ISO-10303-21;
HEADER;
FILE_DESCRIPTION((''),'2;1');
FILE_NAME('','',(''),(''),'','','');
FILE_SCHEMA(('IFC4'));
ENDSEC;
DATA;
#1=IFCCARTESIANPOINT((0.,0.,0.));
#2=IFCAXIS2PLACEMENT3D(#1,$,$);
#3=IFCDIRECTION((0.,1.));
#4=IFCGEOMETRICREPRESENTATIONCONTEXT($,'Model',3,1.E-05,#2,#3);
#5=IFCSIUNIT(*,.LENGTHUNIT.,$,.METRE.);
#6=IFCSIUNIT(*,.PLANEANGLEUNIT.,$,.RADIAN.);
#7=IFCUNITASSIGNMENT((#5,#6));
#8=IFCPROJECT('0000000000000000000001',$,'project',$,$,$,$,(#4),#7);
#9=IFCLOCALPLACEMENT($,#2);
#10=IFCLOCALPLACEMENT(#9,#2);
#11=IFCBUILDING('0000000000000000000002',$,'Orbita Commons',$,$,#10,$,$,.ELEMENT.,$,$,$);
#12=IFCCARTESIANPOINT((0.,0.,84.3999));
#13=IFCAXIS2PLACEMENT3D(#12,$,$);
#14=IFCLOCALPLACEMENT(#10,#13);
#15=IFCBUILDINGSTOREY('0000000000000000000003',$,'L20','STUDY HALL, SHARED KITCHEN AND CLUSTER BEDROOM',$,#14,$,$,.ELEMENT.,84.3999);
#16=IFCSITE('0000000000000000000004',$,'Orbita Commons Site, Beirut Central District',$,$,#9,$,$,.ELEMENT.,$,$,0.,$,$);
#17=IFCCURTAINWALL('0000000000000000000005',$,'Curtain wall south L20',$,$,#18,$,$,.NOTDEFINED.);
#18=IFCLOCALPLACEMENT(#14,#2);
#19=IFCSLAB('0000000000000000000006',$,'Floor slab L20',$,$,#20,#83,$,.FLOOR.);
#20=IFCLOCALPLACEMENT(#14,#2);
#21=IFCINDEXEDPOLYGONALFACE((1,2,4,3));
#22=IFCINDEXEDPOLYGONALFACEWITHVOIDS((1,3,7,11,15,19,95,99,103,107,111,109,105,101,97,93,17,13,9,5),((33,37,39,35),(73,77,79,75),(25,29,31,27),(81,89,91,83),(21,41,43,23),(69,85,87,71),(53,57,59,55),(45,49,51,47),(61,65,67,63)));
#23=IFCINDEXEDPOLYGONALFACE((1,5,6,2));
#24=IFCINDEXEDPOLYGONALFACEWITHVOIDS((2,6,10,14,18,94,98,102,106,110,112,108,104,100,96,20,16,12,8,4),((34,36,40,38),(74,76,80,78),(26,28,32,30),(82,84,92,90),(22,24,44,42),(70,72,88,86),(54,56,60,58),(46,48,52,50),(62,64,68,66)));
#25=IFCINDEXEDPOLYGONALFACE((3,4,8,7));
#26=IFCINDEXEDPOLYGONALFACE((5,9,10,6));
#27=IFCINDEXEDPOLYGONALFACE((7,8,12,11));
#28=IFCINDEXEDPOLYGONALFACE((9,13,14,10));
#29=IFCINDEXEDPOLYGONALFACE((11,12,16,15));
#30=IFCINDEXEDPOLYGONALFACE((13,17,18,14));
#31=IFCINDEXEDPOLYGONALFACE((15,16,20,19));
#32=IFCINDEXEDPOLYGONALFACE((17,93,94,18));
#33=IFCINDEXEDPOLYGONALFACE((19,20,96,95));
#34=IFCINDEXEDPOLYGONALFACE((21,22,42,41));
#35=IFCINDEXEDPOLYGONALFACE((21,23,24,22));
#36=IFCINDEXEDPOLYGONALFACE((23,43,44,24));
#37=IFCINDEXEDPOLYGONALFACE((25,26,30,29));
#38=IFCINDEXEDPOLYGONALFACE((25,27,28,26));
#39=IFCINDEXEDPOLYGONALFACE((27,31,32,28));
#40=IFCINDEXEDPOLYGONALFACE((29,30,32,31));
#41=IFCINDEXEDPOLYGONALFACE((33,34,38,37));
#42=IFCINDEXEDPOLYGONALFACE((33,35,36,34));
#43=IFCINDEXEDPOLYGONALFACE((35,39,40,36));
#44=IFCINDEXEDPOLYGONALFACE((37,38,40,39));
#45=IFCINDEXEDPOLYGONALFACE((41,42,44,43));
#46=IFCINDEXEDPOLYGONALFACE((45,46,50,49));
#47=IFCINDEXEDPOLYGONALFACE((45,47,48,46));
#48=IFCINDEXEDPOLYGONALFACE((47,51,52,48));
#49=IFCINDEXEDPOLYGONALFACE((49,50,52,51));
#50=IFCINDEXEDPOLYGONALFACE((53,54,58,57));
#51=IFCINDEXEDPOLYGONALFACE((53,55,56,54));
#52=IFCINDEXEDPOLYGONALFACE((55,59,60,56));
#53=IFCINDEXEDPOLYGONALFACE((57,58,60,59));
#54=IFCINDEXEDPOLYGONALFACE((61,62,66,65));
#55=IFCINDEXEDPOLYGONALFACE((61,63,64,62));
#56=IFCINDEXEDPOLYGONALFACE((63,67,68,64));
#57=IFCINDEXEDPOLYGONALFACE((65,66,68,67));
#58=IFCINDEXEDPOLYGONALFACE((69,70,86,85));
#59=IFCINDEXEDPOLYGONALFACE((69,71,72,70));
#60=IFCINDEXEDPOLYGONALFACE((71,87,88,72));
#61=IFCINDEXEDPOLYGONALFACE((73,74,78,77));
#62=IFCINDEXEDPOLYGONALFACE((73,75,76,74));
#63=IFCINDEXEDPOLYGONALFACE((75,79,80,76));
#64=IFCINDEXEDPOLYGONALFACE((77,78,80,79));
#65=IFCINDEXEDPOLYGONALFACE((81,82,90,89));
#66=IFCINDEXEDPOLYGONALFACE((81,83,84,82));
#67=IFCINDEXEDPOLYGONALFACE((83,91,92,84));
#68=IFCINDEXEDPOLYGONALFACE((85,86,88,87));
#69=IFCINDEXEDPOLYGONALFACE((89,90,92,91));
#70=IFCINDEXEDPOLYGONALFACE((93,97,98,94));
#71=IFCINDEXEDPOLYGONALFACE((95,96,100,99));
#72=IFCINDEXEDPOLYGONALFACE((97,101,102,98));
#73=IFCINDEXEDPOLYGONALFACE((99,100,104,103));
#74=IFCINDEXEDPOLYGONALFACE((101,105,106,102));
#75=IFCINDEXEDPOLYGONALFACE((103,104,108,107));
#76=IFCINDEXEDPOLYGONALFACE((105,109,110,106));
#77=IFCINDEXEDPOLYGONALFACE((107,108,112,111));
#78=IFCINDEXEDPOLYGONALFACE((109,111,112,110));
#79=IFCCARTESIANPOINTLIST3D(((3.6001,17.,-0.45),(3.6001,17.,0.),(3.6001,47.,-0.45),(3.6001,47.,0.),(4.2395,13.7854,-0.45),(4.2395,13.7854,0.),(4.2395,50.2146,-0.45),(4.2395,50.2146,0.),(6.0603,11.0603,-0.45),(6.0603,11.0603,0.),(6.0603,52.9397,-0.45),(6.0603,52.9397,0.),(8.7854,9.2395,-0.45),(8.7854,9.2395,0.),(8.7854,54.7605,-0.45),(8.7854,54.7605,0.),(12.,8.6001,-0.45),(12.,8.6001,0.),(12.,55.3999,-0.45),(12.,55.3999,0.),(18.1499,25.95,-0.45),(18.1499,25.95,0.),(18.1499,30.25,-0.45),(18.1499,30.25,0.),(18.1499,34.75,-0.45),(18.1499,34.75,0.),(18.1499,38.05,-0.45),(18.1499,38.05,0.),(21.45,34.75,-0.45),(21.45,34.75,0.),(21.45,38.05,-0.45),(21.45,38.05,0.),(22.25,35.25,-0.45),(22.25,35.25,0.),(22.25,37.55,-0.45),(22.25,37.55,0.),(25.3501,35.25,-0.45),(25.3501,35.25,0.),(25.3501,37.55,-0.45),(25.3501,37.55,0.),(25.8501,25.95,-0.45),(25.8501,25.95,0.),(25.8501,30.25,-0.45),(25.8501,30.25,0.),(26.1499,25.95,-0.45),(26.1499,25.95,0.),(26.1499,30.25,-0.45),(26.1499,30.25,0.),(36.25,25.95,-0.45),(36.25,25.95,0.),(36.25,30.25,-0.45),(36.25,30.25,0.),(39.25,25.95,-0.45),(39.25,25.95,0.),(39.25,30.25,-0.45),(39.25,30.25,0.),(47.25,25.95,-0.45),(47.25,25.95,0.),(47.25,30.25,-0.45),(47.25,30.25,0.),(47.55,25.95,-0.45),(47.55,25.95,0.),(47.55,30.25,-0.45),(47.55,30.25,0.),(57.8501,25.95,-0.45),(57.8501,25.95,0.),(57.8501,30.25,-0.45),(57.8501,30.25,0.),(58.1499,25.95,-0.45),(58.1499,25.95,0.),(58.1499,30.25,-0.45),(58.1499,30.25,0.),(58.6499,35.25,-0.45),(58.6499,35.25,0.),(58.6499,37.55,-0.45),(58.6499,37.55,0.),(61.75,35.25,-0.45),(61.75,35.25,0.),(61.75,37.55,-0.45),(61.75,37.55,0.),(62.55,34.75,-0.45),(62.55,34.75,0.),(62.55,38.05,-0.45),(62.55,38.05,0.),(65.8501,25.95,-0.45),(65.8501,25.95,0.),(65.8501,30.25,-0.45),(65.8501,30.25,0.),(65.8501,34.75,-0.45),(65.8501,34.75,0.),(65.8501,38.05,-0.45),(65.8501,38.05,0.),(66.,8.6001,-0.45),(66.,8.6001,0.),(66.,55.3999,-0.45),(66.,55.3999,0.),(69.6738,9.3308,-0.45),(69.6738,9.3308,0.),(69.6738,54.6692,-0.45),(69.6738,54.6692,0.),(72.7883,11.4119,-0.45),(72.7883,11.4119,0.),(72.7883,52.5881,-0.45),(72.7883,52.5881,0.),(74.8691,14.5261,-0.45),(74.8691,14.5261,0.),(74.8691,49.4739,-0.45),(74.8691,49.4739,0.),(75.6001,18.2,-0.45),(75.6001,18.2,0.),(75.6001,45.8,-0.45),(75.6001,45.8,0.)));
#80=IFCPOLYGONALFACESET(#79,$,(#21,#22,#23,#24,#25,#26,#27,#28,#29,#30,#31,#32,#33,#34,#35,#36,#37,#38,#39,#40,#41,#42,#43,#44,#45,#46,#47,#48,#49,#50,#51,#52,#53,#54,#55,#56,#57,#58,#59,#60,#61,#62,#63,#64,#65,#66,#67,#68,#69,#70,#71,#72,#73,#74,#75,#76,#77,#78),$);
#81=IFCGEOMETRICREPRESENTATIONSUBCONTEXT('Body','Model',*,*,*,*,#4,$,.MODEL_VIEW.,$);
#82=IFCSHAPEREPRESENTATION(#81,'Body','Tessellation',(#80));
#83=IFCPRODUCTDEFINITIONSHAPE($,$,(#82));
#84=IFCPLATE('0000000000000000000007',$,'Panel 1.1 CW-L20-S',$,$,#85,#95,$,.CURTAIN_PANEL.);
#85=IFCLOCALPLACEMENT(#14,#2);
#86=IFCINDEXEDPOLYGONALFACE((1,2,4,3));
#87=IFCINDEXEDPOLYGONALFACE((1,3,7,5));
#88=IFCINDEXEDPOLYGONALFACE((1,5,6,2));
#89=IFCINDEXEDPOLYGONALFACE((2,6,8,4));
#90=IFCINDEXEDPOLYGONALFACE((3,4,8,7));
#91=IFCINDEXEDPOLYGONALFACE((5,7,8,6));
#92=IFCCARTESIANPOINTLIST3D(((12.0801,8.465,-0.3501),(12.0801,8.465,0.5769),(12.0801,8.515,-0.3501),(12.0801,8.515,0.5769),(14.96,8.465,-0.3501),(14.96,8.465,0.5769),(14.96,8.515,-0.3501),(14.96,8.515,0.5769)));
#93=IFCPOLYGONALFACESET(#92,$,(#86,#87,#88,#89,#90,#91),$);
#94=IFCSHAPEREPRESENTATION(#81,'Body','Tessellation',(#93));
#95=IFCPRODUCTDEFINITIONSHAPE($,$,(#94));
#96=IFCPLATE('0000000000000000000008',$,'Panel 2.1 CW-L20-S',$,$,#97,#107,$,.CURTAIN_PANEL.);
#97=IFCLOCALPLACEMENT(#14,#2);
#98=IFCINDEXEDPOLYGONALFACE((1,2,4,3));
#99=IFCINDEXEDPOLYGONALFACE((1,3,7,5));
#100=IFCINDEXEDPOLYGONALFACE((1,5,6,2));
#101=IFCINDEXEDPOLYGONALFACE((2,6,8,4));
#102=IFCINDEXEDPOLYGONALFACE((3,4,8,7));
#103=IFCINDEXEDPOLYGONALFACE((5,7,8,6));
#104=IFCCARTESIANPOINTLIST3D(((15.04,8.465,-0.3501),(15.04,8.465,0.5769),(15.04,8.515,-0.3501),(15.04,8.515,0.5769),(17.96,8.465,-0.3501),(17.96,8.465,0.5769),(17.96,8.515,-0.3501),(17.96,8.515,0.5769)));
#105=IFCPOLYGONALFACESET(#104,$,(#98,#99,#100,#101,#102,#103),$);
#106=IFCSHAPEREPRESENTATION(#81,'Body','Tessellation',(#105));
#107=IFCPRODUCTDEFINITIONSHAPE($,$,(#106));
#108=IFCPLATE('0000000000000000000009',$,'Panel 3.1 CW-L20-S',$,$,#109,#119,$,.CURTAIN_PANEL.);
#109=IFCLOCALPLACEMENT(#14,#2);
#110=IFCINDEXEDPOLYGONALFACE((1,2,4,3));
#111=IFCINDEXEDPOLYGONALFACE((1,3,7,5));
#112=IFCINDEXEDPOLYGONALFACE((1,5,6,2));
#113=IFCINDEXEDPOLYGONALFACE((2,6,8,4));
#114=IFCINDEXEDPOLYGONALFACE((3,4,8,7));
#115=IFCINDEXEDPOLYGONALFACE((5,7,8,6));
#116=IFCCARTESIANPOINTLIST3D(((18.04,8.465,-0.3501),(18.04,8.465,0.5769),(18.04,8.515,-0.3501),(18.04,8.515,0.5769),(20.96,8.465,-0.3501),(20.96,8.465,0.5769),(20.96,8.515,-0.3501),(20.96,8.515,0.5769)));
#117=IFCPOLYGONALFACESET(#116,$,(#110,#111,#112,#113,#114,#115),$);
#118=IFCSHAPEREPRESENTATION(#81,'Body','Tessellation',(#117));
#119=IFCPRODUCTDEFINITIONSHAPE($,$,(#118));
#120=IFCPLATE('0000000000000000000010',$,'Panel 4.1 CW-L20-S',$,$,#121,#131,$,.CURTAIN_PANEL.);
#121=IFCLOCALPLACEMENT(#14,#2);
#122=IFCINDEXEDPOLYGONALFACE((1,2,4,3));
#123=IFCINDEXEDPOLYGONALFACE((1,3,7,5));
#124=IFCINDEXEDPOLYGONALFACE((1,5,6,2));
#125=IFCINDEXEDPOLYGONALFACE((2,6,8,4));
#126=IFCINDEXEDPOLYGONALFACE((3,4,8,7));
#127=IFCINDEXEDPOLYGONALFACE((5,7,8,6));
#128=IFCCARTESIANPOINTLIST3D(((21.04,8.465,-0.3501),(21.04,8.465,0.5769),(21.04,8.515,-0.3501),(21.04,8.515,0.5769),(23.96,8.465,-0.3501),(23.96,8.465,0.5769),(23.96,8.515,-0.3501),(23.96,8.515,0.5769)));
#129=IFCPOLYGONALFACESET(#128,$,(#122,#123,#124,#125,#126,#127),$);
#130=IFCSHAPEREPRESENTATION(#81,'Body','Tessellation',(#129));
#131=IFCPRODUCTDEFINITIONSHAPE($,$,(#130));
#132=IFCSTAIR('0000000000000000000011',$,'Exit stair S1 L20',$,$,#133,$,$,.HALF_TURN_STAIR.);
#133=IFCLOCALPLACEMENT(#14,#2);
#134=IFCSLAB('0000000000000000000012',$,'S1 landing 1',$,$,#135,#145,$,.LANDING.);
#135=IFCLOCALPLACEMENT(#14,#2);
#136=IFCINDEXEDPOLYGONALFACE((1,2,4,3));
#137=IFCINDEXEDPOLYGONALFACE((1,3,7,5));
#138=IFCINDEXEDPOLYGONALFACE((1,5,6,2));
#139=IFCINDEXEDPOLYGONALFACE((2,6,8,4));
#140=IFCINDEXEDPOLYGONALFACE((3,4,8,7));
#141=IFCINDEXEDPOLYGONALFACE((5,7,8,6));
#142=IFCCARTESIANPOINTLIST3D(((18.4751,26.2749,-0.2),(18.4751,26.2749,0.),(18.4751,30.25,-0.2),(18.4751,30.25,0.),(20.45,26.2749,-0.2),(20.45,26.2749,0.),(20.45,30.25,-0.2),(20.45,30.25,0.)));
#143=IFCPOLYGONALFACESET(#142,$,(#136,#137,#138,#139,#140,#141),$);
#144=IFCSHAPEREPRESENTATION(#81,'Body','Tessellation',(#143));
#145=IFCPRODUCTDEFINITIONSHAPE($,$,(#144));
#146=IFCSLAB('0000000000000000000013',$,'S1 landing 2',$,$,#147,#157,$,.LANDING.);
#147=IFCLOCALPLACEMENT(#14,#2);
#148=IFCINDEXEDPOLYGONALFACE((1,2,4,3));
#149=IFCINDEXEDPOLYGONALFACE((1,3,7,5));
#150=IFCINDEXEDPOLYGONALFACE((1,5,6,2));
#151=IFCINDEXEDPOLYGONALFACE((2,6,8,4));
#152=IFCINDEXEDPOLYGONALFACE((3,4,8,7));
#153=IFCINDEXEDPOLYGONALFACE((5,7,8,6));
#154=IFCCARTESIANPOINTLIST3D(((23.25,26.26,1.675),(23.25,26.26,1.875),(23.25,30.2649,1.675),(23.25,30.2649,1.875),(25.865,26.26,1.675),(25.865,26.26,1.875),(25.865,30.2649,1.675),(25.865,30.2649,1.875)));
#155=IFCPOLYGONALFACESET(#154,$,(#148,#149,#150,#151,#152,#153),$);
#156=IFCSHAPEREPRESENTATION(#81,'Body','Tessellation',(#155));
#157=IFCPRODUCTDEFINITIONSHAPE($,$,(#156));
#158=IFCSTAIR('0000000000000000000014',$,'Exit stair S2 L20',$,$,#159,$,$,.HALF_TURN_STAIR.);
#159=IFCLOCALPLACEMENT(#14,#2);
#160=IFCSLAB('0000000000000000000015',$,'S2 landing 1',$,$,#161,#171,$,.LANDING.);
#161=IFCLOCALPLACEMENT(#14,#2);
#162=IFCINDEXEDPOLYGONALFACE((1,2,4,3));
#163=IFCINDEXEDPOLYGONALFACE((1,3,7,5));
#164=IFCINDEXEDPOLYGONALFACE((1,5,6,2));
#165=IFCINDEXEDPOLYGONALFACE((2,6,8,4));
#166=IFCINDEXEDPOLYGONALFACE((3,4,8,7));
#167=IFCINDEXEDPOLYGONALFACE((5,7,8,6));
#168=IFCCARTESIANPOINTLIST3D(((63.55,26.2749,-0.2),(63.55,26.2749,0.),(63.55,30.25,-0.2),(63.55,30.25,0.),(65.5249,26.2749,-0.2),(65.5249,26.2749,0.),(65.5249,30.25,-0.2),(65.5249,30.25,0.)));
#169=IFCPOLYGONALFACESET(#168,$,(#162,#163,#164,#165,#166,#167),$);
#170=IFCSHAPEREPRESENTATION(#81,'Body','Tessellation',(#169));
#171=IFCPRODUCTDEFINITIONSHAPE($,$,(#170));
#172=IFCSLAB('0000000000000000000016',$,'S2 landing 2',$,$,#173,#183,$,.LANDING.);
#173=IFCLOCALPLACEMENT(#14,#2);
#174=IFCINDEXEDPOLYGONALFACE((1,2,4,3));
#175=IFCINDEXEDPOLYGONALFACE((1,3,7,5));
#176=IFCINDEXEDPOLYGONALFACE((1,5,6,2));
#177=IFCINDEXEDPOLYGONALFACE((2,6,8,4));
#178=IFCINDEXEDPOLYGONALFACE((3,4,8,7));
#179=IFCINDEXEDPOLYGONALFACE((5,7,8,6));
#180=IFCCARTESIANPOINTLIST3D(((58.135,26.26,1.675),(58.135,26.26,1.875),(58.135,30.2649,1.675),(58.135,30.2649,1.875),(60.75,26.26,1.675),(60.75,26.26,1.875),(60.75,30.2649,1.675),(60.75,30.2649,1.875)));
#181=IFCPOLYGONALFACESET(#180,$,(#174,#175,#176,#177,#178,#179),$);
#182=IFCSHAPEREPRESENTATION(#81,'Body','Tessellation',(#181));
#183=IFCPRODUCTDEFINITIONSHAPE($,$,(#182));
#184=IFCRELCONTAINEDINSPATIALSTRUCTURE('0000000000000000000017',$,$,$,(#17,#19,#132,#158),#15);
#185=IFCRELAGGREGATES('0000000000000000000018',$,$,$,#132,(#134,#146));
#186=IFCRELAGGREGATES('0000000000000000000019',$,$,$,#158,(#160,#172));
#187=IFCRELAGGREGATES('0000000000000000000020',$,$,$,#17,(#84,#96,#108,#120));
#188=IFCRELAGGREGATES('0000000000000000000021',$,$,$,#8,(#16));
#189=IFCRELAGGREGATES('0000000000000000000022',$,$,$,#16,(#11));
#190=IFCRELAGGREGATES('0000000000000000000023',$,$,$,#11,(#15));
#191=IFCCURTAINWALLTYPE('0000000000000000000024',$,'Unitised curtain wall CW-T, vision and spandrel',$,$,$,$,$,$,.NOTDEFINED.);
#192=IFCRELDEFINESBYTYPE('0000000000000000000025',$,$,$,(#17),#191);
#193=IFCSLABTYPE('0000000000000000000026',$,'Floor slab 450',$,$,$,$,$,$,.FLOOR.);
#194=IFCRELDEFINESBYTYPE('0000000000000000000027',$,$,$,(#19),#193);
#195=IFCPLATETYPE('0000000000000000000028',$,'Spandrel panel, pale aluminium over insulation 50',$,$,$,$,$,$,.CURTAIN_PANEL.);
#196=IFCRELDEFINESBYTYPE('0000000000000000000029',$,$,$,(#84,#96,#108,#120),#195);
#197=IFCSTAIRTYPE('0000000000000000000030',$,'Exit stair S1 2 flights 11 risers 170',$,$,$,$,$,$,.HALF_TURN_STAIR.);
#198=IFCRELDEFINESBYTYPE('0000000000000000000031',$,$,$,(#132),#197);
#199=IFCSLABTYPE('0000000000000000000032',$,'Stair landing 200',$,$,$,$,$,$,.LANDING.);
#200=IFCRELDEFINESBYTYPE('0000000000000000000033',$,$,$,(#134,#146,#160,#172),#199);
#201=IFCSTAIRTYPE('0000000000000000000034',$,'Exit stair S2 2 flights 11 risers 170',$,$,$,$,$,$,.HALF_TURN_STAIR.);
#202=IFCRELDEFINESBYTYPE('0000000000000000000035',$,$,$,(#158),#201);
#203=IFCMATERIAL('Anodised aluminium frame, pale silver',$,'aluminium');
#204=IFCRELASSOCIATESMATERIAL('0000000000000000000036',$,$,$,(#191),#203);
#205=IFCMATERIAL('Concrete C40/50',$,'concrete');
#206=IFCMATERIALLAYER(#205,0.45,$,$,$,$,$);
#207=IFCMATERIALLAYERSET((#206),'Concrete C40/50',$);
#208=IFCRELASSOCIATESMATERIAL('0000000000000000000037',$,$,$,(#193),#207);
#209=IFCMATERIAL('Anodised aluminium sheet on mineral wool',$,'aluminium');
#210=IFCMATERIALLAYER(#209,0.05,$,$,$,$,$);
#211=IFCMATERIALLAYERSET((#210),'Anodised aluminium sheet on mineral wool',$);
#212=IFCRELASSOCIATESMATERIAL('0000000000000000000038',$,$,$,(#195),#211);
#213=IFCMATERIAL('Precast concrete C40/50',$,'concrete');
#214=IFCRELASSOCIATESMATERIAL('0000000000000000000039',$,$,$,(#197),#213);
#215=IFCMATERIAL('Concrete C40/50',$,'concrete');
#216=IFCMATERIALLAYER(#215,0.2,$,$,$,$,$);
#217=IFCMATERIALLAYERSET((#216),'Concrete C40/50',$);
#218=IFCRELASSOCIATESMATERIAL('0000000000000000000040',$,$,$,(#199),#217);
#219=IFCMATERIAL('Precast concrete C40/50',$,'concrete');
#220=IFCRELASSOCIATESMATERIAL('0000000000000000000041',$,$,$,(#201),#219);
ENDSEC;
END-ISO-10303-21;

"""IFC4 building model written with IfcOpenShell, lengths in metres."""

from ifc_helpers import new_model, si_unit, direction, frame, origin, origin_2d, place, context, subcontext, project, spatial, polyline, rectangle, outline, extrude, material, layer, layer_set, type_object, element, aggregate, save


model = new_model("IFC4")

# Units and contexts
model_context = context("Model", 3, precision=1e-05, world=origin(), true_north=direction((0.0, 1.0)))
body_context = subcontext(model_context, "Body", "Model", "MODEL_VIEW")
ifc_project = project(units=[si_unit("LENGTHUNIT", "METRE"), si_unit("PLANEANGLEUNIT", "RADIAN")], contexts=[model_context])

# Site, building, storey
site_placement = place(None, origin())
site = spatial("IfcSite", under=ifc_project, at=site_placement, Name="Orbita Commons Site, Beirut Central District", CompositionType="ELEMENT", RefElevation=0.0)
building_placement = place(site_placement, origin())
building = spatial("IfcBuilding", under=site, at=building_placement, Name="Orbita Commons", CompositionType="ELEMENT")
storey_placement = place(building_placement, frame((0.0, 0.0, 84.3999)))
storey = spatial("IfcBuildingStorey", under=building, at=storey_placement, Name="L20", Description="STUDY HALL, SHARED KITCHEN AND CLUSTER BEDROOM", CompositionType="ELEMENT", Elevation=84.3999)

# Curtain wall
ifc_material_1 = material(Name="Anodised aluminium frame, pale silver", Category="aluminium")
curtain_wall_type = type_object("IfcCurtainWallType", Name="Unitised curtain wall CW-T, vision and spandrel", PredefinedType="NOTDEFINED", material=ifc_material_1)
curtain_wall_placement = place(storey_placement, origin())
curtain_wall = element("IfcCurtainWall", 1, at=curtain_wall_placement, inside=storey, type_object=curtain_wall_type, Name="Curtain wall south L20", PredefinedType="NOTDEFINED")

# Slab
ifc_material_2 = material(Name="Concrete C40/50", Category="concrete")
ifc_layer_1 = layer(ifc_material_2, 0.45)
ifc_layer_set_1 = layer_set([ifc_layer_1], Name="Concrete C40/50")
slab_type_1 = type_object("IfcSlabType", Name="Floor slab 450", PredefinedType="FLOOR", material=ifc_layer_set_1)
slab_1_placement = place(storey_placement, frame((0.0, 0.0, -0.45)))
element("IfcSlab", 2, at=slab_1_placement, inside=storey, type_object=slab_type_1, Name="Floor slab L20", PredefinedType="FLOOR", context=body_context, shape_type="SweptSolid", body=[
    extrude(outline(polyline([(66.0, 8.6001), (69.6738, 9.3308), (72.7883, 11.4119), (74.8691, 14.5261), (75.6001, 18.2), (75.6001, 45.8), (74.8691, 49.4739), (72.7883, 52.5881), (69.6738, 54.6692), (66.0, 55.3999), (12.0, 55.3999), (8.7854, 54.7605), (6.0603, 52.9397), (4.2395, 50.2146), (3.6001, 47.0), (3.6001, 17.0), (4.2395, 13.7854), (6.0603, 11.0603), (8.7854, 9.2395), (12.0, 8.6001), (66.0, 8.6001)]), holes=[polyline([(18.1499, 25.95), (25.8501, 25.95), (25.8501, 30.25), (18.1499, 30.25), (18.1499, 25.95)]), polyline([(58.1499, 25.95), (65.8501, 25.95), (65.8501, 30.25), (58.1499, 30.25), (58.1499, 25.95)]), polyline([(18.1499, 34.75), (21.45, 34.75), (21.45, 38.05), (18.1499, 38.05), (18.1499, 34.75)]), polyline([(62.55, 34.75), (65.8501, 34.75), (65.8501, 38.05), (62.55, 38.05), (62.55, 34.75)]), polyline([(22.25, 35.25), (25.3501, 35.25), (25.3501, 37.55), (22.25, 37.55), (22.25, 35.25)]), polyline([(58.6499, 35.25), (61.75, 35.25), (61.75, 37.55), (58.6499, 37.55), (58.6499, 35.25)]), polyline([(26.1499, 25.95), (36.25, 25.95), (36.25, 30.25), (26.1499, 30.25), (26.1499, 25.95)]), polyline([(39.25, 25.95), (47.25, 25.95), (47.25, 30.25), (39.25, 30.25), (39.25, 25.95)]), polyline([(47.55, 25.95), (57.8501, 25.95), (57.8501, 30.25), (47.55, 30.25), (47.55, 25.95)])]), origin(), (0.0, 0.0, 1.0), 0.45),
])

# Plates
ifc_material_3 = material(Name="Anodised aluminium sheet on mineral wool", Category="aluminium")
ifc_layer_2 = layer(ifc_material_3, 0.05)
ifc_layer_set_2 = layer_set([ifc_layer_2], Name="Anodised aluminium sheet on mineral wool")
plate_type_1 = type_object("IfcPlateType", Name="Spandrel panel, pale aluminium over insulation 50", PredefinedType="CURTAIN_PANEL", material=ifc_layer_set_2)
plate_1_placement = place(storey_placement, frame((13.52, 8.49, -0.3501), z_axis=(0.0, 0.0, 1.0), x_axis=(1.0, 0.0, 0.0)))
plate_1 = element("IfcPlate", 3, at=plate_1_placement, type_object=plate_type_1, Name="Panel 1.1 CW-L20-S", PredefinedType="CURTAIN_PANEL", context=body_context, shape_type="SweptSolid", body=[
    extrude(rectangle(XDim=2.8799, YDim=0.05, at=origin_2d()), origin(), (0.0, 0.0, 1.0), 0.927),
])
plate_2_placement = place(storey_placement, frame((16.5, 8.49, -0.3501), z_axis=(0.0, 0.0, 1.0), x_axis=(1.0, 0.0, 0.0)))
plate_2 = element("IfcPlate", 4, at=plate_2_placement, type_object=plate_type_1, Name="Panel 2.1 CW-L20-S", PredefinedType="CURTAIN_PANEL", context=body_context, shape_type="SweptSolid", body=[
    extrude(rectangle(XDim=2.9199, YDim=0.05, at=origin_2d()), origin(), (0.0, 0.0, 1.0), 0.927),
])
plate_3_placement = place(storey_placement, frame((19.5, 8.49, -0.3501), z_axis=(0.0, 0.0, 1.0), x_axis=(1.0, 0.0, 0.0)))
plate_3 = element("IfcPlate", 5, at=plate_3_placement, type_object=plate_type_1, Name="Panel 3.1 CW-L20-S", PredefinedType="CURTAIN_PANEL", context=body_context, shape_type="SweptSolid", body=[
    extrude(rectangle(XDim=2.9199, YDim=0.05, at=origin_2d()), origin(), (0.0, 0.0, 1.0), 0.927),
])
plate_4_placement = place(storey_placement, frame((22.5, 8.49, -0.3501), z_axis=(0.0, 0.0, 1.0), x_axis=(1.0, 0.0, 0.0)))
plate_4 = element("IfcPlate", 6, at=plate_4_placement, type_object=plate_type_1, Name="Panel 4.1 CW-L20-S", PredefinedType="CURTAIN_PANEL", context=body_context, shape_type="SweptSolid", body=[
    extrude(rectangle(XDim=2.9199, YDim=0.05, at=origin_2d()), origin(), (0.0, 0.0, 1.0), 0.927),
])

# Stairs, slabs
ifc_material_4 = material(Name="Precast concrete C40/50", Category="concrete")
stair_type_1 = type_object("IfcStairType", Name="Exit stair S1 2 flights 11 risers 170", PredefinedType="HALF_TURN_STAIR", material=ifc_material_4)
stair_1_placement = place(storey_placement, origin())
stair_1 = element("IfcStair", 7, at=stair_1_placement, inside=storey, type_object=stair_type_1, Name="Exit stair S1 L20", PredefinedType="HALF_TURN_STAIR")
ifc_material_5 = material(Name="Concrete C40/50", Category="concrete")
ifc_layer_3 = layer(ifc_material_5, 0.2)
ifc_layer_set_3 = layer_set([ifc_layer_3], Name="Concrete C40/50")
slab_type_2 = type_object("IfcSlabType", Name="Stair landing 200", PredefinedType="LANDING", material=ifc_layer_set_3)
slab_2_placement = place(storey_placement, frame((0.0, 0.0, -0.2)))
slab_2 = element("IfcSlab", 8, at=slab_2_placement, type_object=slab_type_2, Name="S1 landing 1", PredefinedType="LANDING", context=body_context, shape_type="SweptSolid", body=[
    extrude(outline(polyline([(18.4751, 26.2749), (20.45, 26.2749), (20.45, 30.25), (18.4751, 30.25), (18.4751, 26.2749)])), origin(), (0.0, 0.0, 1.0), 0.2),
])
slab_3_placement = place(storey_placement, frame((0.0, 0.0, 1.675)))
slab_3 = element("IfcSlab", 9, at=slab_3_placement, type_object=slab_type_2, Name="S1 landing 2", PredefinedType="LANDING", context=body_context, shape_type="SweptSolid", body=[
    extrude(outline(polyline([(23.25, 26.26), (25.865, 26.26), (25.865, 30.2649), (23.25, 30.2649), (23.25, 26.26)])), origin(), (0.0, 0.0, 1.0), 0.2),
])
aggregate(stair_1, [slab_2, slab_3])
ifc_material_6 = material(Name="Precast concrete C40/50", Category="concrete")
stair_type_2 = type_object("IfcStairType", Name="Exit stair S2 2 flights 11 risers 170", PredefinedType="HALF_TURN_STAIR", material=ifc_material_6)
stair_2_placement = place(storey_placement, origin())
stair_2 = element("IfcStair", 10, at=stair_2_placement, inside=storey, type_object=stair_type_2, Name="Exit stair S2 L20", PredefinedType="HALF_TURN_STAIR")
slab_4_placement = place(storey_placement, frame((0.0, 0.0, -0.2)))
slab_4 = element("IfcSlab", 11, at=slab_4_placement, type_object=slab_type_2, Name="S2 landing 1", PredefinedType="LANDING", context=body_context, shape_type="SweptSolid", body=[
    extrude(outline(polyline([(63.55, 26.2749), (65.5249, 26.2749), (65.5249, 30.25), (63.55, 30.25), (63.55, 26.2749)])), origin(), (0.0, 0.0, 1.0), 0.2),
])
slab_5_placement = place(storey_placement, frame((0.0, 0.0, 1.675)))
slab_5 = element("IfcSlab", 12, at=slab_5_placement, type_object=slab_type_2, Name="S2 landing 2", PredefinedType="LANDING", context=body_context, shape_type="SweptSolid", body=[
    extrude(outline(polyline([(58.135, 26.26), (60.75, 26.26), (60.75, 30.2649), (58.135, 30.2649), (58.135, 26.26)])), origin(), (0.0, 0.0, 1.0), 0.2),
])
aggregate(stair_2, [slab_4, slab_5])

aggregate(curtain_wall, [plate_1, plate_2, plate_3, plate_4])

save(model, "model.ifc")
